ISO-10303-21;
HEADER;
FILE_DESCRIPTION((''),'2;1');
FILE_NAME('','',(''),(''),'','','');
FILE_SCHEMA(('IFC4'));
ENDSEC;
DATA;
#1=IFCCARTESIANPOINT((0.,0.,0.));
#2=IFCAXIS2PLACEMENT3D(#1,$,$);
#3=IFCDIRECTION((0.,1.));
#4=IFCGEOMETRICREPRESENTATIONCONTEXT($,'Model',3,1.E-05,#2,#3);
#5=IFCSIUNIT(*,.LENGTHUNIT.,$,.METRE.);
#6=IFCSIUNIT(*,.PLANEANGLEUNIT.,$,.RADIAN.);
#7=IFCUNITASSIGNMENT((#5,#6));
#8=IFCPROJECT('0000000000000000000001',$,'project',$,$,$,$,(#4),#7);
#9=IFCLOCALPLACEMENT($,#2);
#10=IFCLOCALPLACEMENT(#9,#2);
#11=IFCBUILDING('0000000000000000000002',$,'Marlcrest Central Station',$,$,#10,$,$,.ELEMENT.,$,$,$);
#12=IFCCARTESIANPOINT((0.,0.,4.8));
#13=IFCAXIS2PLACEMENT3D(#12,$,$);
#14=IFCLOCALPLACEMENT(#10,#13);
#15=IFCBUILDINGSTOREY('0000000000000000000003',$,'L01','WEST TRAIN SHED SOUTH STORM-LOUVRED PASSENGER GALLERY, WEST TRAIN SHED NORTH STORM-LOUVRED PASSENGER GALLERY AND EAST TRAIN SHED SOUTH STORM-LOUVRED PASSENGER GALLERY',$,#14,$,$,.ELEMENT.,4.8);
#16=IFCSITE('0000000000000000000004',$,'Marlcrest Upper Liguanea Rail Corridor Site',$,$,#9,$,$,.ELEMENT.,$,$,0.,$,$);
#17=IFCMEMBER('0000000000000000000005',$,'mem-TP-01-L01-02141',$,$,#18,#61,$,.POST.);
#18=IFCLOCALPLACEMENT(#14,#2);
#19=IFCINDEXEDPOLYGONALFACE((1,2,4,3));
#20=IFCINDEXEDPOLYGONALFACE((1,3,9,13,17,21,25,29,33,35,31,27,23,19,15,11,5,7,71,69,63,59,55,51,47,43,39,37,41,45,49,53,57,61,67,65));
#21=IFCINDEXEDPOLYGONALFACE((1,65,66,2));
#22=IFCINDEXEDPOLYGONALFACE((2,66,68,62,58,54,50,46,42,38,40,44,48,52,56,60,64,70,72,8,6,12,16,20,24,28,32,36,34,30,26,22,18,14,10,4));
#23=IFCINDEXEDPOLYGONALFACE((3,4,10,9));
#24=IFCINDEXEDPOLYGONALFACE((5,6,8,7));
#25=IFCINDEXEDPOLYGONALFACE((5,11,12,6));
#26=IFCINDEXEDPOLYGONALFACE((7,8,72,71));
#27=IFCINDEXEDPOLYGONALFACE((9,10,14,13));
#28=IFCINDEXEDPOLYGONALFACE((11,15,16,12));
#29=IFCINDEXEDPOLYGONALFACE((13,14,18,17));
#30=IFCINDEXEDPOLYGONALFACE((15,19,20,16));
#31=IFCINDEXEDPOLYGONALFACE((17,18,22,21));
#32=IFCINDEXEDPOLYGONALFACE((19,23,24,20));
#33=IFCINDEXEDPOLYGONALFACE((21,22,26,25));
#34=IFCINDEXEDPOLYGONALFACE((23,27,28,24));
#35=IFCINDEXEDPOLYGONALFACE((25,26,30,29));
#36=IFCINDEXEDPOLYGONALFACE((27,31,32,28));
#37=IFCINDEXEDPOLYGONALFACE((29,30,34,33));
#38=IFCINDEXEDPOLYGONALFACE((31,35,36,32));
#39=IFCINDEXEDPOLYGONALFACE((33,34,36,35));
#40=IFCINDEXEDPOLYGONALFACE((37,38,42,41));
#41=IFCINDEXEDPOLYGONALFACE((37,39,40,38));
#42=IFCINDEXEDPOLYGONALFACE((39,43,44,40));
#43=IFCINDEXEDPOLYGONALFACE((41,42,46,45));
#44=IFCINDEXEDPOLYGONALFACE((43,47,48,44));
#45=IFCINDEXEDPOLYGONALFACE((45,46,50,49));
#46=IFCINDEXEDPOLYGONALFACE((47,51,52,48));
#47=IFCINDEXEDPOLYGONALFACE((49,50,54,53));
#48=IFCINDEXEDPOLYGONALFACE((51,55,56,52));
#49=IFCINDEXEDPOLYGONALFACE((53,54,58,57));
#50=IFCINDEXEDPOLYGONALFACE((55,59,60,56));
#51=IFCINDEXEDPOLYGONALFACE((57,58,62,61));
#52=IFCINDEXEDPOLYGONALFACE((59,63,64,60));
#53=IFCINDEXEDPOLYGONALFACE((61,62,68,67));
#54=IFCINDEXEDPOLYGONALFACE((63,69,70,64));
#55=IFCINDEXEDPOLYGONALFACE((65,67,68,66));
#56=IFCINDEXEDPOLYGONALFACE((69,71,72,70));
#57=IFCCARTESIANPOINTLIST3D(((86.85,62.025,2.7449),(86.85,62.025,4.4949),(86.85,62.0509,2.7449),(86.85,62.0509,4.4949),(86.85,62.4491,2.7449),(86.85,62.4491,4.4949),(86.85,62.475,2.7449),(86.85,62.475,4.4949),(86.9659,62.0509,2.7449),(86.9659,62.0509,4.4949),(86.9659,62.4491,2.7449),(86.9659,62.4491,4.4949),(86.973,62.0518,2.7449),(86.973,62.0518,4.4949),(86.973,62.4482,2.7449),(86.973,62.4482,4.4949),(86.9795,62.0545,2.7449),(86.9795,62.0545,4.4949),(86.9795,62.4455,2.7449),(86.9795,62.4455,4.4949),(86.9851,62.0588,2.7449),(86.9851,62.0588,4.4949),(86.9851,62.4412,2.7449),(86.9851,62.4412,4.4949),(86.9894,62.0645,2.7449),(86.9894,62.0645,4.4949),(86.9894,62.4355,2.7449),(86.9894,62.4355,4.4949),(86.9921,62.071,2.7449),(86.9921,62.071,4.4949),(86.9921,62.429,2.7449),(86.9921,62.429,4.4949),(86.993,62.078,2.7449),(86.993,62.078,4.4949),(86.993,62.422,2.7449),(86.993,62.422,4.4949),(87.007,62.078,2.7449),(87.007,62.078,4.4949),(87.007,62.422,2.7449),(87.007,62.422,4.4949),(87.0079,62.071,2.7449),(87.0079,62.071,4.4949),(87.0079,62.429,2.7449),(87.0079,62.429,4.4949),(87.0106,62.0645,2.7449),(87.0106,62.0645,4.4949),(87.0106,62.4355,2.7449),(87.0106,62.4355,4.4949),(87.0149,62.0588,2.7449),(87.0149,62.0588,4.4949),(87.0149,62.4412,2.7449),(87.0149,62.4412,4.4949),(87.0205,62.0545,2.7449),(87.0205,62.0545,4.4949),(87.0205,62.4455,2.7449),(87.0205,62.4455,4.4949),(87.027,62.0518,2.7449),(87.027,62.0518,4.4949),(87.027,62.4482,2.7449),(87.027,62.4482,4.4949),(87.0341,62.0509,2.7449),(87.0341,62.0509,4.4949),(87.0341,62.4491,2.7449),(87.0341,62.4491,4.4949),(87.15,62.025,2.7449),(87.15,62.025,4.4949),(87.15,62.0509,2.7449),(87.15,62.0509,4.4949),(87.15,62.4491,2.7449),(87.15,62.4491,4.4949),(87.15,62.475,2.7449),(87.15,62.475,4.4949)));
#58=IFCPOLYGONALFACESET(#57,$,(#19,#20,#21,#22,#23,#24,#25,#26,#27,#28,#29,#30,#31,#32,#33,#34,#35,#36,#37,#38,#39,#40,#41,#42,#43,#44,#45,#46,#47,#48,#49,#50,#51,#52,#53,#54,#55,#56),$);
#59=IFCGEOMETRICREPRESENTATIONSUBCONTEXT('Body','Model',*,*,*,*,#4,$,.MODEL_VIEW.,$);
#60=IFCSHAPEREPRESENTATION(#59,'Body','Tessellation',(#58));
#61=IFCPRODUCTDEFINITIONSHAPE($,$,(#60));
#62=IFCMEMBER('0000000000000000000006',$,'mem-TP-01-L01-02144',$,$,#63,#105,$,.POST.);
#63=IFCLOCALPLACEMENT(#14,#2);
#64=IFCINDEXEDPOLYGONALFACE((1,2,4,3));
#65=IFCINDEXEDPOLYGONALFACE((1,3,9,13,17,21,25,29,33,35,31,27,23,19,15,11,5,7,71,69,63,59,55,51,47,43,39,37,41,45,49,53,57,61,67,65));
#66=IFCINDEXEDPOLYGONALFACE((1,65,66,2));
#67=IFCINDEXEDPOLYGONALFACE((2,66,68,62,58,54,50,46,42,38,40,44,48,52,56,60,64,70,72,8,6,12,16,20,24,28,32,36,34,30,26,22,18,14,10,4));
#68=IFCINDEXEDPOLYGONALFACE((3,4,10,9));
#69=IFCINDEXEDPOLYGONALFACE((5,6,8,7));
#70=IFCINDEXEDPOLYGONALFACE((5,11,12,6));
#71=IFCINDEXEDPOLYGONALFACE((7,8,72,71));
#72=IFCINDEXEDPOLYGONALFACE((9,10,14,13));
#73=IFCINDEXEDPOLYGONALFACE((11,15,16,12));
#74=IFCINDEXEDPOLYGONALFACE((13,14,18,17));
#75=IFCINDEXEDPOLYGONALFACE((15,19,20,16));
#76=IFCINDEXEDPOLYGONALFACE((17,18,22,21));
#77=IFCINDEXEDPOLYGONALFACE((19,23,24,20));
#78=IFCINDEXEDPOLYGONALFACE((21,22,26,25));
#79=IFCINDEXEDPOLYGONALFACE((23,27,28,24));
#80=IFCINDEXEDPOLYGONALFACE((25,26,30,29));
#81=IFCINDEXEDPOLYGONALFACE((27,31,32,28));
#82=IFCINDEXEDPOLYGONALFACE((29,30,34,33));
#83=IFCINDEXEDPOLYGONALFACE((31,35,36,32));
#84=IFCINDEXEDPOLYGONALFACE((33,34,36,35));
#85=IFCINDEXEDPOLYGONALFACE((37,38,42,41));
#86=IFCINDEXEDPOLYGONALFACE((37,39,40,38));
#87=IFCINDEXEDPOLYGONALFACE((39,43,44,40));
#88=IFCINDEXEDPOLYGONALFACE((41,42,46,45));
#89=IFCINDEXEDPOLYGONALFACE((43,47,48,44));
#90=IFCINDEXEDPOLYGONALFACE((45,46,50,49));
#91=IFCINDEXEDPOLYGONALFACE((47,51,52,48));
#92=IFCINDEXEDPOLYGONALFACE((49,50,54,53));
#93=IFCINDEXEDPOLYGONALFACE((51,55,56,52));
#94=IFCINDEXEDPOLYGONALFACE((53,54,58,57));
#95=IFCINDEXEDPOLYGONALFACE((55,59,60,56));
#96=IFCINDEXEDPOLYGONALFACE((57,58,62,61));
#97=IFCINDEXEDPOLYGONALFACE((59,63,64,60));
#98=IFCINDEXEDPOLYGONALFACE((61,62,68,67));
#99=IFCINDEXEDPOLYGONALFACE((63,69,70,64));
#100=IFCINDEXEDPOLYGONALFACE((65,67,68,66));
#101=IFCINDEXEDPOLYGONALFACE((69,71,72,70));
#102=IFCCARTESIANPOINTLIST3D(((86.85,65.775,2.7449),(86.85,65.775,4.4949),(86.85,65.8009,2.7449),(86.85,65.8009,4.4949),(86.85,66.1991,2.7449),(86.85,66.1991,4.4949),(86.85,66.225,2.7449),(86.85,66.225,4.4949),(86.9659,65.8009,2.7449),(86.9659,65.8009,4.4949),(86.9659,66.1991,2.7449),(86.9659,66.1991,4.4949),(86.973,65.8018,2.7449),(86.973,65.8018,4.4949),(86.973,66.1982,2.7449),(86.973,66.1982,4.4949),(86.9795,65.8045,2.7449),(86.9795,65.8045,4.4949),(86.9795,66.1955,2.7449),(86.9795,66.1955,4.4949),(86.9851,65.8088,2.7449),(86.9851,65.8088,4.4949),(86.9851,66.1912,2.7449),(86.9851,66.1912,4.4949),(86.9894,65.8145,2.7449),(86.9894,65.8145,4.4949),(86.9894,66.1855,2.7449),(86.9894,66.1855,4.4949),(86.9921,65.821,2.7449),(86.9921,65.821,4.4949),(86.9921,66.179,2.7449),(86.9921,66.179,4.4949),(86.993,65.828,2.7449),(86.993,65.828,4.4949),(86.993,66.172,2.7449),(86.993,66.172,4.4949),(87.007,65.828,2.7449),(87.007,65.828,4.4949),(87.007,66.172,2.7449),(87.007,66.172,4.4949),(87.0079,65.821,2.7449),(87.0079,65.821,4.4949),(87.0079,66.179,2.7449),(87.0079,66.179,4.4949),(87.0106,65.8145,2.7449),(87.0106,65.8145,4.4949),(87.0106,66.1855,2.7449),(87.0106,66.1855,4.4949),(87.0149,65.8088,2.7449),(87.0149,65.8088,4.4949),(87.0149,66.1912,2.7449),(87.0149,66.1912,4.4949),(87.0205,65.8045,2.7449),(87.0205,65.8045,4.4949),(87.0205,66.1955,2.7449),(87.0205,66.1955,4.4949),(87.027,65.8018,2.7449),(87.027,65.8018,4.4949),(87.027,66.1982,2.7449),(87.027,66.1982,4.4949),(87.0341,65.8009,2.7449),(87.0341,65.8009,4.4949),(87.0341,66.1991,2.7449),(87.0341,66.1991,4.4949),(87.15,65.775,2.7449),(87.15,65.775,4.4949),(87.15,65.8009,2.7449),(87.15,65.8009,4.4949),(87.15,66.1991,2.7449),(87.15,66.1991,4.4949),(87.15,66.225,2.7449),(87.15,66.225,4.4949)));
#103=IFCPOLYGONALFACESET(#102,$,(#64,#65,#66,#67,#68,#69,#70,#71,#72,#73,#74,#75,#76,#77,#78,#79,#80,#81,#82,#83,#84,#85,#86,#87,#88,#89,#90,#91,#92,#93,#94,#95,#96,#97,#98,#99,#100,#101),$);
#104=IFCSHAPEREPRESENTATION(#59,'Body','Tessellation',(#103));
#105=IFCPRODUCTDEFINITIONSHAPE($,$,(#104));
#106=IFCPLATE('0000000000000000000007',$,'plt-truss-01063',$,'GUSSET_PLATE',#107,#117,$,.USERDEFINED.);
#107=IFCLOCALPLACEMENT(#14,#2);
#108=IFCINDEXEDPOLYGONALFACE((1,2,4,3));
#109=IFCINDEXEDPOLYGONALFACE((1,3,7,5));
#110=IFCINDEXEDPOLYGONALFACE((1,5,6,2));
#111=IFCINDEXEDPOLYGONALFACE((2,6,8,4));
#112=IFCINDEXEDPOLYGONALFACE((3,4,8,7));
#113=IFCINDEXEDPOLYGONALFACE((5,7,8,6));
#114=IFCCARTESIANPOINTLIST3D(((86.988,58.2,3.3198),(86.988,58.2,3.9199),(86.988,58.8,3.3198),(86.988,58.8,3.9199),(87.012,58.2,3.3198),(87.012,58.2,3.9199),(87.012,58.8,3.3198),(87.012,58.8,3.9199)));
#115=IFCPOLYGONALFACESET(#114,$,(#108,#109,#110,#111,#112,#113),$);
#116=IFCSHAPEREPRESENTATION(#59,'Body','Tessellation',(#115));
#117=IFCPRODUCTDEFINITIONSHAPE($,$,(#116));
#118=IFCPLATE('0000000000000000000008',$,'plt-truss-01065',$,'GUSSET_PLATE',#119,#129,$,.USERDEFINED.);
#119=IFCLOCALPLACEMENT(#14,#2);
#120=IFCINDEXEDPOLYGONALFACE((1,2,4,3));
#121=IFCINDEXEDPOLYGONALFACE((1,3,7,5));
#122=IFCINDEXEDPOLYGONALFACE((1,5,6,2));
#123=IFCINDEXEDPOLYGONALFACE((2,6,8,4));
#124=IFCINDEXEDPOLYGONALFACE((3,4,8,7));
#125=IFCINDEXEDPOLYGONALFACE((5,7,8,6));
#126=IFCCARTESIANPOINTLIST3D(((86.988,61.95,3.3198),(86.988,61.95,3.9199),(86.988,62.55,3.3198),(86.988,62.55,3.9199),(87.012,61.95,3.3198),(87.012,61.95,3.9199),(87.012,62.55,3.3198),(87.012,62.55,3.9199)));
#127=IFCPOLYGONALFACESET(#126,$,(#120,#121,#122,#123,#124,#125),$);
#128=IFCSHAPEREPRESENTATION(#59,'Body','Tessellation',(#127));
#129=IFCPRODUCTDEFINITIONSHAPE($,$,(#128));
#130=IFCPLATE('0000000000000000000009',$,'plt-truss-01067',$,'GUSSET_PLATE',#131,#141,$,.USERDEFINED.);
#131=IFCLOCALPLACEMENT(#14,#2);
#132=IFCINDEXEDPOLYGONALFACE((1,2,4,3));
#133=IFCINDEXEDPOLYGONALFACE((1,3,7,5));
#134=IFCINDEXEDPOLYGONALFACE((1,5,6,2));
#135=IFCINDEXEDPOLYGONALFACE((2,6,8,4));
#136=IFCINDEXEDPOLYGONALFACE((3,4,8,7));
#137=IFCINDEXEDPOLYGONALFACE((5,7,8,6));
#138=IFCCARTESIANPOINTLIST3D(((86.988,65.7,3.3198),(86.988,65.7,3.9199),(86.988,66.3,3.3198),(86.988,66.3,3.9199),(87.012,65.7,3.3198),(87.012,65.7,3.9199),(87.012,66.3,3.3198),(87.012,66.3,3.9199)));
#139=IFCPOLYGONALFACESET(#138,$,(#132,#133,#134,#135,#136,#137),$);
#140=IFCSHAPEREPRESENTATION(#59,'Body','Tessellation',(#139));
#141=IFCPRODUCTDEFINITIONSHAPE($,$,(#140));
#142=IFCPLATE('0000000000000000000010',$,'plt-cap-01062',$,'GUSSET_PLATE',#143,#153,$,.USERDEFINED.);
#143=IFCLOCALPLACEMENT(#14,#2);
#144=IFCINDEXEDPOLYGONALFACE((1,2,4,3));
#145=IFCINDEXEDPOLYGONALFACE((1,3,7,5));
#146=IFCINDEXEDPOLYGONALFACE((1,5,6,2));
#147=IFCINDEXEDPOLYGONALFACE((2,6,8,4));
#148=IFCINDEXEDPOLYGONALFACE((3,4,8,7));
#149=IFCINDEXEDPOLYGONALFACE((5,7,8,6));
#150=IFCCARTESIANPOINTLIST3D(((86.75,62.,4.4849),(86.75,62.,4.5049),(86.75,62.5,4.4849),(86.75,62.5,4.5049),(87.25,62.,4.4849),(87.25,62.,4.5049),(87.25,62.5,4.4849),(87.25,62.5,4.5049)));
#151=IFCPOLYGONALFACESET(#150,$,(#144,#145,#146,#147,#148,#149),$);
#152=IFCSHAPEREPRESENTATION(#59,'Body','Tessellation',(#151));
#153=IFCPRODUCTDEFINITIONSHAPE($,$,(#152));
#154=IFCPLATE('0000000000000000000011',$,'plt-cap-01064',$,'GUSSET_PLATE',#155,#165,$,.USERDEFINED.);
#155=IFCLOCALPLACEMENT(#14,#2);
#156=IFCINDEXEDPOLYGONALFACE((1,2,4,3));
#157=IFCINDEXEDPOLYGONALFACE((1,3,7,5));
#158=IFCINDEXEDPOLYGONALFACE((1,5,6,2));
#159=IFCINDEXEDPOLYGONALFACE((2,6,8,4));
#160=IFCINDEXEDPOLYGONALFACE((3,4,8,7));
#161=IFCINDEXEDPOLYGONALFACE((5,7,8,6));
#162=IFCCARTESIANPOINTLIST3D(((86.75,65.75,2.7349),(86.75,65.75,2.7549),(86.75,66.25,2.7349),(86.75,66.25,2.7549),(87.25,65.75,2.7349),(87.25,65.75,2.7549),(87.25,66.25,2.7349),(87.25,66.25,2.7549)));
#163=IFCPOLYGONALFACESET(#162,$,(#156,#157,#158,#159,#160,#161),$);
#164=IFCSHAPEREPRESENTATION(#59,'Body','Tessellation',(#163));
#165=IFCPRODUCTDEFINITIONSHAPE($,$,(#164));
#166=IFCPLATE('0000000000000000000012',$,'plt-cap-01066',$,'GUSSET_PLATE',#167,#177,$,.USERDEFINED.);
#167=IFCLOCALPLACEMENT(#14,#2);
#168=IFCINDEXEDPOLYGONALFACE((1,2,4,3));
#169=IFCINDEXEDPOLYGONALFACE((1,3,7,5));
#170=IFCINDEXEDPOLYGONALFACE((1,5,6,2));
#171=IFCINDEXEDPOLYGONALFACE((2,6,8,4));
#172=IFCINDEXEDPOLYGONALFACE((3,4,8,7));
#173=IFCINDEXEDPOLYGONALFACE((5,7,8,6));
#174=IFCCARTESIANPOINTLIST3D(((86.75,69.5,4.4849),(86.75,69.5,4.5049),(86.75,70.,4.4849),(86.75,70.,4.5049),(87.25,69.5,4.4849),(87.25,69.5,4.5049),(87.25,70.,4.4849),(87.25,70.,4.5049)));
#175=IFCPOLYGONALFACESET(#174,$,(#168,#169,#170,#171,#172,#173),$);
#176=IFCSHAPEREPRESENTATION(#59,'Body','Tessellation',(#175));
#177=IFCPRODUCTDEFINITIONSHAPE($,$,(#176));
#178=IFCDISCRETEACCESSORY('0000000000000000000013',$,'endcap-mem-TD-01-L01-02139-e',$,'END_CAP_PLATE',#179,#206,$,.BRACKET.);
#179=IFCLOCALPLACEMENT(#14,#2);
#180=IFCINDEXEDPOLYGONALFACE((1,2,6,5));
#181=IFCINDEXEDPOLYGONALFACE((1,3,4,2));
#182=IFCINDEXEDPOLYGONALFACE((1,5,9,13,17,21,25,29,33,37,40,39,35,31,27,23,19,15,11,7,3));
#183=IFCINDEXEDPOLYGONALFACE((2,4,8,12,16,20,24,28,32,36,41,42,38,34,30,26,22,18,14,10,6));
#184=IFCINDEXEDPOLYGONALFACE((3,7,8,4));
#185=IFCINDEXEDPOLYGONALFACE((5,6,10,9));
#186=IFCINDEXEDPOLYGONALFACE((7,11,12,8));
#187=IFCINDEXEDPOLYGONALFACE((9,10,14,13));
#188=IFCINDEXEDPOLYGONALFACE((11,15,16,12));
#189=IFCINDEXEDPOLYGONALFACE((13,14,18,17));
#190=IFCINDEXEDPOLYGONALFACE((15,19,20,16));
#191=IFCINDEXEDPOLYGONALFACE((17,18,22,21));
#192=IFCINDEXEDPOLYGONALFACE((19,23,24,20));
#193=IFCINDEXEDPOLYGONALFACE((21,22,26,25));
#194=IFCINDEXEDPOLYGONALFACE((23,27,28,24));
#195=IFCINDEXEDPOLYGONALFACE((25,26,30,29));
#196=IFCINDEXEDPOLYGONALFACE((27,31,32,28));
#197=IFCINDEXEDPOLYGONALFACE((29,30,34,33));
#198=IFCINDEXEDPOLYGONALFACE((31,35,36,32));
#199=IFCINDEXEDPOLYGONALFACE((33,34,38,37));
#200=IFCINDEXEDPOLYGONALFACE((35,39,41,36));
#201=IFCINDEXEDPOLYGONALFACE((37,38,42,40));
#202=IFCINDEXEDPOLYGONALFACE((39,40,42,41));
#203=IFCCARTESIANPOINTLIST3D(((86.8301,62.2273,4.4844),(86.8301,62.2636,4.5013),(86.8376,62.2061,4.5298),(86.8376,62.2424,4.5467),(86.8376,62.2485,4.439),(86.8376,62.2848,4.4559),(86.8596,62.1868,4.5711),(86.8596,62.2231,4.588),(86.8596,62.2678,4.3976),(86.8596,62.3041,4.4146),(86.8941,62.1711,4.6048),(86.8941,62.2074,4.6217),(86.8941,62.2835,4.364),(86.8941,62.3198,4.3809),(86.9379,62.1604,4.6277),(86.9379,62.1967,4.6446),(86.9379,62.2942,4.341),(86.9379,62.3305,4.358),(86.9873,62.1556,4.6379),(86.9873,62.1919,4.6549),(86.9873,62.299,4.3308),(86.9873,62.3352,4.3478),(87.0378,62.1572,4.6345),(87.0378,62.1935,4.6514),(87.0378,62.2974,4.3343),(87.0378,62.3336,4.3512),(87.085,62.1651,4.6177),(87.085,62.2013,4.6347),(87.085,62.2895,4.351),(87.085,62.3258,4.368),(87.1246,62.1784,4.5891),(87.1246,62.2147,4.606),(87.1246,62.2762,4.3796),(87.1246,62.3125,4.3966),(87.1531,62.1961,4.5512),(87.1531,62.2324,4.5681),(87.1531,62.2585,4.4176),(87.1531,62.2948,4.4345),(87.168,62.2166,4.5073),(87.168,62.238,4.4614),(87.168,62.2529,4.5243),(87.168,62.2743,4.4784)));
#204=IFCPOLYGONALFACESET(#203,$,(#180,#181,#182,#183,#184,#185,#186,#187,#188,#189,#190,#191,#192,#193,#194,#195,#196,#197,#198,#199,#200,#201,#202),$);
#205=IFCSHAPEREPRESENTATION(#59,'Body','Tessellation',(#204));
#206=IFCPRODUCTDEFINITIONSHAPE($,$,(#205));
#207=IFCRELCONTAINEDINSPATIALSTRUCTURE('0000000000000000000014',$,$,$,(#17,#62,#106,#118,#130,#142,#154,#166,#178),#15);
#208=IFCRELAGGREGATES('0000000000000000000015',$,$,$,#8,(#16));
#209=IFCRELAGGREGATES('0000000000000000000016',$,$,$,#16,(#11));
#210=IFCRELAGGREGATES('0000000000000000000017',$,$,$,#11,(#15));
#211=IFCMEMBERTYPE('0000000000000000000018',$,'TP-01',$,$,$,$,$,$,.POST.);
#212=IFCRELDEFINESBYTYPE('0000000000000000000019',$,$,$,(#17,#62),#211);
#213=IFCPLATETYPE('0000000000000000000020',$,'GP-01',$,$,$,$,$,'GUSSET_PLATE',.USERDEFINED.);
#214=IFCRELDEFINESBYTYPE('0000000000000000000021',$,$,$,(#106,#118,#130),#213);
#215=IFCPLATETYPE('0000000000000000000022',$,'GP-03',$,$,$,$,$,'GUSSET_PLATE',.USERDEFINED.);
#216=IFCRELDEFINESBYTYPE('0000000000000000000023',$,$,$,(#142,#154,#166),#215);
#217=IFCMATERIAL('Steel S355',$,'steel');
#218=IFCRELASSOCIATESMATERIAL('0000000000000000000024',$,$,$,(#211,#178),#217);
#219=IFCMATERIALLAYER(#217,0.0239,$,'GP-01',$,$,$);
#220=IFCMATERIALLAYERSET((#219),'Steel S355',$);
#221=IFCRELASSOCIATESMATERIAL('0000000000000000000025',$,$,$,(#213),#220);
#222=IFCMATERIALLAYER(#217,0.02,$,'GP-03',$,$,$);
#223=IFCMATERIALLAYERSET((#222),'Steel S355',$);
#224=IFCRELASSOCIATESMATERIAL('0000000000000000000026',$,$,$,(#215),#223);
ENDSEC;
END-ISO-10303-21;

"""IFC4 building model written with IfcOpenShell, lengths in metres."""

from ifc_helpers import new_model, si_unit, direction, frame, origin, origin_2d, place, context, subcontext, project, spatial, rectangle, circle, i_section, extrude, material, layer, layer_set, material_profile, profile_set, type_object, element, save


model = new_model("IFC4")

# Units and contexts
model_context = context("Model", 3, precision=1e-05, world=origin(), true_north=direction((0.0, 1.0)))
body_context = subcontext(model_context, "Body", "Model", "MODEL_VIEW")
ifc_project = project(units=[si_unit("LENGTHUNIT", "METRE"), si_unit("PLANEANGLEUNIT", "RADIAN")], contexts=[model_context])

# Site, building, storey
site_placement = place(None, origin())
site = spatial("IfcSite", under=ifc_project, at=site_placement, Name="Marlcrest Upper Liguanea Rail Corridor Site", CompositionType="ELEMENT", RefElevation=0.0)
building_placement = place(site_placement, origin())
building = spatial("IfcBuilding", under=site, at=building_placement, Name="Marlcrest Central Station", CompositionType="ELEMENT")
storey_placement = place(building_placement, frame((0.0, 0.0, 4.8)))
storey = spatial("IfcBuildingStorey", under=building, at=storey_placement, Name="L01", Description="WEST TRAIN SHED SOUTH STORM-LOUVRED PASSENGER GALLERY, WEST TRAIN SHED NORTH STORM-LOUVRED PASSENGER GALLERY AND EAST TRAIN SHED SOUTH STORM-LOUVRED PASSENGER GALLERY", CompositionType="ELEMENT", Elevation=4.8)

# Shared definitions
ifc_material = material(Name="Steel S355", Category="steel")

# Members
ifc_material_profile_1 = material_profile(ifc_material, i_section(OverallWidth=0.3, OverallDepth=0.45, WebThickness=0.0139, FlangeThickness=0.0259, FilletRadius=0.0271, at=origin_2d()), Name="HEB 450")
ifc_profile_set_1 = profile_set([ifc_material_profile_1], Name="Steel S355")
member_type_1 = type_object("IfcMemberType", Name="TP-01", PredefinedType="POST", material=ifc_profile_set_1)
for number, where, z_axis, x_axis, name in (
    (1, (87.0, 62.25, 2.7449), (0.0, 0.0, 1.0), (1.0, 0.0, 0.0), "mem-TP-01-L01-02141"),
    (2, (87.0, 66.0, 2.7449), (0.0, 0.0, 1.0), (1.0, 0.0, 0.0), "mem-TP-01-L01-02144"),
):
    element("IfcMember", number, at=place(storey_placement, frame(where, z_axis=z_axis, x_axis=x_axis)), inside=storey, type_object=member_type_1, Name=name, PredefinedType="POST", context=body_context, shape_type="SweptSolid", body=[
        extrude(i_section(OverallWidth=0.3, OverallDepth=0.45, WebThickness=0.0139, FlangeThickness=0.0259, FilletRadius=0.0271, at=origin_2d()), origin(), (0.0, 0.0, 1.0), 1.75),
    ])

# Plates
ifc_layer_1 = layer(ifc_material, 0.0239, Name="GP-01")
ifc_layer_set_1 = layer_set([ifc_layer_1], Name="Steel S355")
plate_type_1 = type_object("IfcPlateType", Name="GP-01", ElementType="GUSSET_PLATE", PredefinedType="USERDEFINED", material=ifc_layer_set_1)
for number, where, z_axis, x_axis, name in (
    (3, (87.0, 58.5, 3.3198), (0.0, 0.0, 1.0), (1.0, 0.0, 0.0), "plt-truss-01063"),
    (4, (87.0, 62.25, 3.3198), (0.0, 0.0, 1.0), (1.0, 0.0, 0.0), "plt-truss-01065"),
    (5, (87.0, 66.0, 3.3198), (0.0, 0.0, 1.0), (1.0, 0.0, 0.0), "plt-truss-01067"),
):
    element("IfcPlate", number, at=place(storey_placement, frame(where, z_axis=z_axis, x_axis=x_axis)), inside=storey, type_object=plate_type_1, Name=name, ObjectType="GUSSET_PLATE", PredefinedType="USERDEFINED", context=body_context, shape_type="SweptSolid", body=[
        extrude(rectangle(XDim=0.0239, YDim=0.6001, at=origin_2d()), origin(), (0.0, 0.0, 1.0), 0.6001),
    ])
ifc_layer_2 = layer(ifc_material, 0.02, Name="GP-03")
ifc_layer_set_2 = layer_set([ifc_layer_2], Name="Steel S355")
plate_type_2 = type_object("IfcPlateType", Name="GP-03", ElementType="GUSSET_PLATE", PredefinedType="USERDEFINED", material=ifc_layer_set_2)
for number, where, z_axis, x_axis, name in (
    (6, (87.0, 62.25, 4.4849), (0.0, 0.0, 1.0), (1.0, 0.0, 0.0), "plt-cap-01062"),
    (7, (87.0, 66.0, 2.7349), (0.0, 0.0, 1.0), (1.0, 0.0, 0.0), "plt-cap-01064"),
    (8, (87.0, 69.75, 4.4849), (0.0, 0.0, 1.0), (1.0, 0.0, 0.0), "plt-cap-01066"),
):
    element("IfcPlate", number, at=place(storey_placement, frame(where, z_axis=z_axis, x_axis=x_axis)), inside=storey, type_object=plate_type_2, Name=name, ObjectType="GUSSET_PLATE", PredefinedType="USERDEFINED", context=body_context, shape_type="SweptSolid", body=[
        extrude(rectangle(XDim=0.5, YDim=0.5, at=origin_2d()), origin(), (0.0, 0.0, 1.0), 0.02),
    ])

# Discrete accessory
for number, where, z_axis, x_axis, name in (
    (9, (87.0, 62.2273, 4.4844), (0.0, 0.906183, 0.422885), (-1.0, 0.0, 0.0), "endcap-mem-TD-01-L01-02139-e"),
):
    element("IfcDiscreteAccessory", number, at=place(storey_placement, frame(where, z_axis=z_axis, x_axis=x_axis)), inside=storey, material=ifc_material, Name=name, ObjectType="END_CAP_PLATE", PredefinedType="BRACKET", context=body_context, shape_type="SweptSolid", body=[
        extrude(circle(Radius=0.1699, at=origin_2d()), origin(), (0.0, 0.0, 1.0), 0.04),
    ])

save(model, "model.ifc")
